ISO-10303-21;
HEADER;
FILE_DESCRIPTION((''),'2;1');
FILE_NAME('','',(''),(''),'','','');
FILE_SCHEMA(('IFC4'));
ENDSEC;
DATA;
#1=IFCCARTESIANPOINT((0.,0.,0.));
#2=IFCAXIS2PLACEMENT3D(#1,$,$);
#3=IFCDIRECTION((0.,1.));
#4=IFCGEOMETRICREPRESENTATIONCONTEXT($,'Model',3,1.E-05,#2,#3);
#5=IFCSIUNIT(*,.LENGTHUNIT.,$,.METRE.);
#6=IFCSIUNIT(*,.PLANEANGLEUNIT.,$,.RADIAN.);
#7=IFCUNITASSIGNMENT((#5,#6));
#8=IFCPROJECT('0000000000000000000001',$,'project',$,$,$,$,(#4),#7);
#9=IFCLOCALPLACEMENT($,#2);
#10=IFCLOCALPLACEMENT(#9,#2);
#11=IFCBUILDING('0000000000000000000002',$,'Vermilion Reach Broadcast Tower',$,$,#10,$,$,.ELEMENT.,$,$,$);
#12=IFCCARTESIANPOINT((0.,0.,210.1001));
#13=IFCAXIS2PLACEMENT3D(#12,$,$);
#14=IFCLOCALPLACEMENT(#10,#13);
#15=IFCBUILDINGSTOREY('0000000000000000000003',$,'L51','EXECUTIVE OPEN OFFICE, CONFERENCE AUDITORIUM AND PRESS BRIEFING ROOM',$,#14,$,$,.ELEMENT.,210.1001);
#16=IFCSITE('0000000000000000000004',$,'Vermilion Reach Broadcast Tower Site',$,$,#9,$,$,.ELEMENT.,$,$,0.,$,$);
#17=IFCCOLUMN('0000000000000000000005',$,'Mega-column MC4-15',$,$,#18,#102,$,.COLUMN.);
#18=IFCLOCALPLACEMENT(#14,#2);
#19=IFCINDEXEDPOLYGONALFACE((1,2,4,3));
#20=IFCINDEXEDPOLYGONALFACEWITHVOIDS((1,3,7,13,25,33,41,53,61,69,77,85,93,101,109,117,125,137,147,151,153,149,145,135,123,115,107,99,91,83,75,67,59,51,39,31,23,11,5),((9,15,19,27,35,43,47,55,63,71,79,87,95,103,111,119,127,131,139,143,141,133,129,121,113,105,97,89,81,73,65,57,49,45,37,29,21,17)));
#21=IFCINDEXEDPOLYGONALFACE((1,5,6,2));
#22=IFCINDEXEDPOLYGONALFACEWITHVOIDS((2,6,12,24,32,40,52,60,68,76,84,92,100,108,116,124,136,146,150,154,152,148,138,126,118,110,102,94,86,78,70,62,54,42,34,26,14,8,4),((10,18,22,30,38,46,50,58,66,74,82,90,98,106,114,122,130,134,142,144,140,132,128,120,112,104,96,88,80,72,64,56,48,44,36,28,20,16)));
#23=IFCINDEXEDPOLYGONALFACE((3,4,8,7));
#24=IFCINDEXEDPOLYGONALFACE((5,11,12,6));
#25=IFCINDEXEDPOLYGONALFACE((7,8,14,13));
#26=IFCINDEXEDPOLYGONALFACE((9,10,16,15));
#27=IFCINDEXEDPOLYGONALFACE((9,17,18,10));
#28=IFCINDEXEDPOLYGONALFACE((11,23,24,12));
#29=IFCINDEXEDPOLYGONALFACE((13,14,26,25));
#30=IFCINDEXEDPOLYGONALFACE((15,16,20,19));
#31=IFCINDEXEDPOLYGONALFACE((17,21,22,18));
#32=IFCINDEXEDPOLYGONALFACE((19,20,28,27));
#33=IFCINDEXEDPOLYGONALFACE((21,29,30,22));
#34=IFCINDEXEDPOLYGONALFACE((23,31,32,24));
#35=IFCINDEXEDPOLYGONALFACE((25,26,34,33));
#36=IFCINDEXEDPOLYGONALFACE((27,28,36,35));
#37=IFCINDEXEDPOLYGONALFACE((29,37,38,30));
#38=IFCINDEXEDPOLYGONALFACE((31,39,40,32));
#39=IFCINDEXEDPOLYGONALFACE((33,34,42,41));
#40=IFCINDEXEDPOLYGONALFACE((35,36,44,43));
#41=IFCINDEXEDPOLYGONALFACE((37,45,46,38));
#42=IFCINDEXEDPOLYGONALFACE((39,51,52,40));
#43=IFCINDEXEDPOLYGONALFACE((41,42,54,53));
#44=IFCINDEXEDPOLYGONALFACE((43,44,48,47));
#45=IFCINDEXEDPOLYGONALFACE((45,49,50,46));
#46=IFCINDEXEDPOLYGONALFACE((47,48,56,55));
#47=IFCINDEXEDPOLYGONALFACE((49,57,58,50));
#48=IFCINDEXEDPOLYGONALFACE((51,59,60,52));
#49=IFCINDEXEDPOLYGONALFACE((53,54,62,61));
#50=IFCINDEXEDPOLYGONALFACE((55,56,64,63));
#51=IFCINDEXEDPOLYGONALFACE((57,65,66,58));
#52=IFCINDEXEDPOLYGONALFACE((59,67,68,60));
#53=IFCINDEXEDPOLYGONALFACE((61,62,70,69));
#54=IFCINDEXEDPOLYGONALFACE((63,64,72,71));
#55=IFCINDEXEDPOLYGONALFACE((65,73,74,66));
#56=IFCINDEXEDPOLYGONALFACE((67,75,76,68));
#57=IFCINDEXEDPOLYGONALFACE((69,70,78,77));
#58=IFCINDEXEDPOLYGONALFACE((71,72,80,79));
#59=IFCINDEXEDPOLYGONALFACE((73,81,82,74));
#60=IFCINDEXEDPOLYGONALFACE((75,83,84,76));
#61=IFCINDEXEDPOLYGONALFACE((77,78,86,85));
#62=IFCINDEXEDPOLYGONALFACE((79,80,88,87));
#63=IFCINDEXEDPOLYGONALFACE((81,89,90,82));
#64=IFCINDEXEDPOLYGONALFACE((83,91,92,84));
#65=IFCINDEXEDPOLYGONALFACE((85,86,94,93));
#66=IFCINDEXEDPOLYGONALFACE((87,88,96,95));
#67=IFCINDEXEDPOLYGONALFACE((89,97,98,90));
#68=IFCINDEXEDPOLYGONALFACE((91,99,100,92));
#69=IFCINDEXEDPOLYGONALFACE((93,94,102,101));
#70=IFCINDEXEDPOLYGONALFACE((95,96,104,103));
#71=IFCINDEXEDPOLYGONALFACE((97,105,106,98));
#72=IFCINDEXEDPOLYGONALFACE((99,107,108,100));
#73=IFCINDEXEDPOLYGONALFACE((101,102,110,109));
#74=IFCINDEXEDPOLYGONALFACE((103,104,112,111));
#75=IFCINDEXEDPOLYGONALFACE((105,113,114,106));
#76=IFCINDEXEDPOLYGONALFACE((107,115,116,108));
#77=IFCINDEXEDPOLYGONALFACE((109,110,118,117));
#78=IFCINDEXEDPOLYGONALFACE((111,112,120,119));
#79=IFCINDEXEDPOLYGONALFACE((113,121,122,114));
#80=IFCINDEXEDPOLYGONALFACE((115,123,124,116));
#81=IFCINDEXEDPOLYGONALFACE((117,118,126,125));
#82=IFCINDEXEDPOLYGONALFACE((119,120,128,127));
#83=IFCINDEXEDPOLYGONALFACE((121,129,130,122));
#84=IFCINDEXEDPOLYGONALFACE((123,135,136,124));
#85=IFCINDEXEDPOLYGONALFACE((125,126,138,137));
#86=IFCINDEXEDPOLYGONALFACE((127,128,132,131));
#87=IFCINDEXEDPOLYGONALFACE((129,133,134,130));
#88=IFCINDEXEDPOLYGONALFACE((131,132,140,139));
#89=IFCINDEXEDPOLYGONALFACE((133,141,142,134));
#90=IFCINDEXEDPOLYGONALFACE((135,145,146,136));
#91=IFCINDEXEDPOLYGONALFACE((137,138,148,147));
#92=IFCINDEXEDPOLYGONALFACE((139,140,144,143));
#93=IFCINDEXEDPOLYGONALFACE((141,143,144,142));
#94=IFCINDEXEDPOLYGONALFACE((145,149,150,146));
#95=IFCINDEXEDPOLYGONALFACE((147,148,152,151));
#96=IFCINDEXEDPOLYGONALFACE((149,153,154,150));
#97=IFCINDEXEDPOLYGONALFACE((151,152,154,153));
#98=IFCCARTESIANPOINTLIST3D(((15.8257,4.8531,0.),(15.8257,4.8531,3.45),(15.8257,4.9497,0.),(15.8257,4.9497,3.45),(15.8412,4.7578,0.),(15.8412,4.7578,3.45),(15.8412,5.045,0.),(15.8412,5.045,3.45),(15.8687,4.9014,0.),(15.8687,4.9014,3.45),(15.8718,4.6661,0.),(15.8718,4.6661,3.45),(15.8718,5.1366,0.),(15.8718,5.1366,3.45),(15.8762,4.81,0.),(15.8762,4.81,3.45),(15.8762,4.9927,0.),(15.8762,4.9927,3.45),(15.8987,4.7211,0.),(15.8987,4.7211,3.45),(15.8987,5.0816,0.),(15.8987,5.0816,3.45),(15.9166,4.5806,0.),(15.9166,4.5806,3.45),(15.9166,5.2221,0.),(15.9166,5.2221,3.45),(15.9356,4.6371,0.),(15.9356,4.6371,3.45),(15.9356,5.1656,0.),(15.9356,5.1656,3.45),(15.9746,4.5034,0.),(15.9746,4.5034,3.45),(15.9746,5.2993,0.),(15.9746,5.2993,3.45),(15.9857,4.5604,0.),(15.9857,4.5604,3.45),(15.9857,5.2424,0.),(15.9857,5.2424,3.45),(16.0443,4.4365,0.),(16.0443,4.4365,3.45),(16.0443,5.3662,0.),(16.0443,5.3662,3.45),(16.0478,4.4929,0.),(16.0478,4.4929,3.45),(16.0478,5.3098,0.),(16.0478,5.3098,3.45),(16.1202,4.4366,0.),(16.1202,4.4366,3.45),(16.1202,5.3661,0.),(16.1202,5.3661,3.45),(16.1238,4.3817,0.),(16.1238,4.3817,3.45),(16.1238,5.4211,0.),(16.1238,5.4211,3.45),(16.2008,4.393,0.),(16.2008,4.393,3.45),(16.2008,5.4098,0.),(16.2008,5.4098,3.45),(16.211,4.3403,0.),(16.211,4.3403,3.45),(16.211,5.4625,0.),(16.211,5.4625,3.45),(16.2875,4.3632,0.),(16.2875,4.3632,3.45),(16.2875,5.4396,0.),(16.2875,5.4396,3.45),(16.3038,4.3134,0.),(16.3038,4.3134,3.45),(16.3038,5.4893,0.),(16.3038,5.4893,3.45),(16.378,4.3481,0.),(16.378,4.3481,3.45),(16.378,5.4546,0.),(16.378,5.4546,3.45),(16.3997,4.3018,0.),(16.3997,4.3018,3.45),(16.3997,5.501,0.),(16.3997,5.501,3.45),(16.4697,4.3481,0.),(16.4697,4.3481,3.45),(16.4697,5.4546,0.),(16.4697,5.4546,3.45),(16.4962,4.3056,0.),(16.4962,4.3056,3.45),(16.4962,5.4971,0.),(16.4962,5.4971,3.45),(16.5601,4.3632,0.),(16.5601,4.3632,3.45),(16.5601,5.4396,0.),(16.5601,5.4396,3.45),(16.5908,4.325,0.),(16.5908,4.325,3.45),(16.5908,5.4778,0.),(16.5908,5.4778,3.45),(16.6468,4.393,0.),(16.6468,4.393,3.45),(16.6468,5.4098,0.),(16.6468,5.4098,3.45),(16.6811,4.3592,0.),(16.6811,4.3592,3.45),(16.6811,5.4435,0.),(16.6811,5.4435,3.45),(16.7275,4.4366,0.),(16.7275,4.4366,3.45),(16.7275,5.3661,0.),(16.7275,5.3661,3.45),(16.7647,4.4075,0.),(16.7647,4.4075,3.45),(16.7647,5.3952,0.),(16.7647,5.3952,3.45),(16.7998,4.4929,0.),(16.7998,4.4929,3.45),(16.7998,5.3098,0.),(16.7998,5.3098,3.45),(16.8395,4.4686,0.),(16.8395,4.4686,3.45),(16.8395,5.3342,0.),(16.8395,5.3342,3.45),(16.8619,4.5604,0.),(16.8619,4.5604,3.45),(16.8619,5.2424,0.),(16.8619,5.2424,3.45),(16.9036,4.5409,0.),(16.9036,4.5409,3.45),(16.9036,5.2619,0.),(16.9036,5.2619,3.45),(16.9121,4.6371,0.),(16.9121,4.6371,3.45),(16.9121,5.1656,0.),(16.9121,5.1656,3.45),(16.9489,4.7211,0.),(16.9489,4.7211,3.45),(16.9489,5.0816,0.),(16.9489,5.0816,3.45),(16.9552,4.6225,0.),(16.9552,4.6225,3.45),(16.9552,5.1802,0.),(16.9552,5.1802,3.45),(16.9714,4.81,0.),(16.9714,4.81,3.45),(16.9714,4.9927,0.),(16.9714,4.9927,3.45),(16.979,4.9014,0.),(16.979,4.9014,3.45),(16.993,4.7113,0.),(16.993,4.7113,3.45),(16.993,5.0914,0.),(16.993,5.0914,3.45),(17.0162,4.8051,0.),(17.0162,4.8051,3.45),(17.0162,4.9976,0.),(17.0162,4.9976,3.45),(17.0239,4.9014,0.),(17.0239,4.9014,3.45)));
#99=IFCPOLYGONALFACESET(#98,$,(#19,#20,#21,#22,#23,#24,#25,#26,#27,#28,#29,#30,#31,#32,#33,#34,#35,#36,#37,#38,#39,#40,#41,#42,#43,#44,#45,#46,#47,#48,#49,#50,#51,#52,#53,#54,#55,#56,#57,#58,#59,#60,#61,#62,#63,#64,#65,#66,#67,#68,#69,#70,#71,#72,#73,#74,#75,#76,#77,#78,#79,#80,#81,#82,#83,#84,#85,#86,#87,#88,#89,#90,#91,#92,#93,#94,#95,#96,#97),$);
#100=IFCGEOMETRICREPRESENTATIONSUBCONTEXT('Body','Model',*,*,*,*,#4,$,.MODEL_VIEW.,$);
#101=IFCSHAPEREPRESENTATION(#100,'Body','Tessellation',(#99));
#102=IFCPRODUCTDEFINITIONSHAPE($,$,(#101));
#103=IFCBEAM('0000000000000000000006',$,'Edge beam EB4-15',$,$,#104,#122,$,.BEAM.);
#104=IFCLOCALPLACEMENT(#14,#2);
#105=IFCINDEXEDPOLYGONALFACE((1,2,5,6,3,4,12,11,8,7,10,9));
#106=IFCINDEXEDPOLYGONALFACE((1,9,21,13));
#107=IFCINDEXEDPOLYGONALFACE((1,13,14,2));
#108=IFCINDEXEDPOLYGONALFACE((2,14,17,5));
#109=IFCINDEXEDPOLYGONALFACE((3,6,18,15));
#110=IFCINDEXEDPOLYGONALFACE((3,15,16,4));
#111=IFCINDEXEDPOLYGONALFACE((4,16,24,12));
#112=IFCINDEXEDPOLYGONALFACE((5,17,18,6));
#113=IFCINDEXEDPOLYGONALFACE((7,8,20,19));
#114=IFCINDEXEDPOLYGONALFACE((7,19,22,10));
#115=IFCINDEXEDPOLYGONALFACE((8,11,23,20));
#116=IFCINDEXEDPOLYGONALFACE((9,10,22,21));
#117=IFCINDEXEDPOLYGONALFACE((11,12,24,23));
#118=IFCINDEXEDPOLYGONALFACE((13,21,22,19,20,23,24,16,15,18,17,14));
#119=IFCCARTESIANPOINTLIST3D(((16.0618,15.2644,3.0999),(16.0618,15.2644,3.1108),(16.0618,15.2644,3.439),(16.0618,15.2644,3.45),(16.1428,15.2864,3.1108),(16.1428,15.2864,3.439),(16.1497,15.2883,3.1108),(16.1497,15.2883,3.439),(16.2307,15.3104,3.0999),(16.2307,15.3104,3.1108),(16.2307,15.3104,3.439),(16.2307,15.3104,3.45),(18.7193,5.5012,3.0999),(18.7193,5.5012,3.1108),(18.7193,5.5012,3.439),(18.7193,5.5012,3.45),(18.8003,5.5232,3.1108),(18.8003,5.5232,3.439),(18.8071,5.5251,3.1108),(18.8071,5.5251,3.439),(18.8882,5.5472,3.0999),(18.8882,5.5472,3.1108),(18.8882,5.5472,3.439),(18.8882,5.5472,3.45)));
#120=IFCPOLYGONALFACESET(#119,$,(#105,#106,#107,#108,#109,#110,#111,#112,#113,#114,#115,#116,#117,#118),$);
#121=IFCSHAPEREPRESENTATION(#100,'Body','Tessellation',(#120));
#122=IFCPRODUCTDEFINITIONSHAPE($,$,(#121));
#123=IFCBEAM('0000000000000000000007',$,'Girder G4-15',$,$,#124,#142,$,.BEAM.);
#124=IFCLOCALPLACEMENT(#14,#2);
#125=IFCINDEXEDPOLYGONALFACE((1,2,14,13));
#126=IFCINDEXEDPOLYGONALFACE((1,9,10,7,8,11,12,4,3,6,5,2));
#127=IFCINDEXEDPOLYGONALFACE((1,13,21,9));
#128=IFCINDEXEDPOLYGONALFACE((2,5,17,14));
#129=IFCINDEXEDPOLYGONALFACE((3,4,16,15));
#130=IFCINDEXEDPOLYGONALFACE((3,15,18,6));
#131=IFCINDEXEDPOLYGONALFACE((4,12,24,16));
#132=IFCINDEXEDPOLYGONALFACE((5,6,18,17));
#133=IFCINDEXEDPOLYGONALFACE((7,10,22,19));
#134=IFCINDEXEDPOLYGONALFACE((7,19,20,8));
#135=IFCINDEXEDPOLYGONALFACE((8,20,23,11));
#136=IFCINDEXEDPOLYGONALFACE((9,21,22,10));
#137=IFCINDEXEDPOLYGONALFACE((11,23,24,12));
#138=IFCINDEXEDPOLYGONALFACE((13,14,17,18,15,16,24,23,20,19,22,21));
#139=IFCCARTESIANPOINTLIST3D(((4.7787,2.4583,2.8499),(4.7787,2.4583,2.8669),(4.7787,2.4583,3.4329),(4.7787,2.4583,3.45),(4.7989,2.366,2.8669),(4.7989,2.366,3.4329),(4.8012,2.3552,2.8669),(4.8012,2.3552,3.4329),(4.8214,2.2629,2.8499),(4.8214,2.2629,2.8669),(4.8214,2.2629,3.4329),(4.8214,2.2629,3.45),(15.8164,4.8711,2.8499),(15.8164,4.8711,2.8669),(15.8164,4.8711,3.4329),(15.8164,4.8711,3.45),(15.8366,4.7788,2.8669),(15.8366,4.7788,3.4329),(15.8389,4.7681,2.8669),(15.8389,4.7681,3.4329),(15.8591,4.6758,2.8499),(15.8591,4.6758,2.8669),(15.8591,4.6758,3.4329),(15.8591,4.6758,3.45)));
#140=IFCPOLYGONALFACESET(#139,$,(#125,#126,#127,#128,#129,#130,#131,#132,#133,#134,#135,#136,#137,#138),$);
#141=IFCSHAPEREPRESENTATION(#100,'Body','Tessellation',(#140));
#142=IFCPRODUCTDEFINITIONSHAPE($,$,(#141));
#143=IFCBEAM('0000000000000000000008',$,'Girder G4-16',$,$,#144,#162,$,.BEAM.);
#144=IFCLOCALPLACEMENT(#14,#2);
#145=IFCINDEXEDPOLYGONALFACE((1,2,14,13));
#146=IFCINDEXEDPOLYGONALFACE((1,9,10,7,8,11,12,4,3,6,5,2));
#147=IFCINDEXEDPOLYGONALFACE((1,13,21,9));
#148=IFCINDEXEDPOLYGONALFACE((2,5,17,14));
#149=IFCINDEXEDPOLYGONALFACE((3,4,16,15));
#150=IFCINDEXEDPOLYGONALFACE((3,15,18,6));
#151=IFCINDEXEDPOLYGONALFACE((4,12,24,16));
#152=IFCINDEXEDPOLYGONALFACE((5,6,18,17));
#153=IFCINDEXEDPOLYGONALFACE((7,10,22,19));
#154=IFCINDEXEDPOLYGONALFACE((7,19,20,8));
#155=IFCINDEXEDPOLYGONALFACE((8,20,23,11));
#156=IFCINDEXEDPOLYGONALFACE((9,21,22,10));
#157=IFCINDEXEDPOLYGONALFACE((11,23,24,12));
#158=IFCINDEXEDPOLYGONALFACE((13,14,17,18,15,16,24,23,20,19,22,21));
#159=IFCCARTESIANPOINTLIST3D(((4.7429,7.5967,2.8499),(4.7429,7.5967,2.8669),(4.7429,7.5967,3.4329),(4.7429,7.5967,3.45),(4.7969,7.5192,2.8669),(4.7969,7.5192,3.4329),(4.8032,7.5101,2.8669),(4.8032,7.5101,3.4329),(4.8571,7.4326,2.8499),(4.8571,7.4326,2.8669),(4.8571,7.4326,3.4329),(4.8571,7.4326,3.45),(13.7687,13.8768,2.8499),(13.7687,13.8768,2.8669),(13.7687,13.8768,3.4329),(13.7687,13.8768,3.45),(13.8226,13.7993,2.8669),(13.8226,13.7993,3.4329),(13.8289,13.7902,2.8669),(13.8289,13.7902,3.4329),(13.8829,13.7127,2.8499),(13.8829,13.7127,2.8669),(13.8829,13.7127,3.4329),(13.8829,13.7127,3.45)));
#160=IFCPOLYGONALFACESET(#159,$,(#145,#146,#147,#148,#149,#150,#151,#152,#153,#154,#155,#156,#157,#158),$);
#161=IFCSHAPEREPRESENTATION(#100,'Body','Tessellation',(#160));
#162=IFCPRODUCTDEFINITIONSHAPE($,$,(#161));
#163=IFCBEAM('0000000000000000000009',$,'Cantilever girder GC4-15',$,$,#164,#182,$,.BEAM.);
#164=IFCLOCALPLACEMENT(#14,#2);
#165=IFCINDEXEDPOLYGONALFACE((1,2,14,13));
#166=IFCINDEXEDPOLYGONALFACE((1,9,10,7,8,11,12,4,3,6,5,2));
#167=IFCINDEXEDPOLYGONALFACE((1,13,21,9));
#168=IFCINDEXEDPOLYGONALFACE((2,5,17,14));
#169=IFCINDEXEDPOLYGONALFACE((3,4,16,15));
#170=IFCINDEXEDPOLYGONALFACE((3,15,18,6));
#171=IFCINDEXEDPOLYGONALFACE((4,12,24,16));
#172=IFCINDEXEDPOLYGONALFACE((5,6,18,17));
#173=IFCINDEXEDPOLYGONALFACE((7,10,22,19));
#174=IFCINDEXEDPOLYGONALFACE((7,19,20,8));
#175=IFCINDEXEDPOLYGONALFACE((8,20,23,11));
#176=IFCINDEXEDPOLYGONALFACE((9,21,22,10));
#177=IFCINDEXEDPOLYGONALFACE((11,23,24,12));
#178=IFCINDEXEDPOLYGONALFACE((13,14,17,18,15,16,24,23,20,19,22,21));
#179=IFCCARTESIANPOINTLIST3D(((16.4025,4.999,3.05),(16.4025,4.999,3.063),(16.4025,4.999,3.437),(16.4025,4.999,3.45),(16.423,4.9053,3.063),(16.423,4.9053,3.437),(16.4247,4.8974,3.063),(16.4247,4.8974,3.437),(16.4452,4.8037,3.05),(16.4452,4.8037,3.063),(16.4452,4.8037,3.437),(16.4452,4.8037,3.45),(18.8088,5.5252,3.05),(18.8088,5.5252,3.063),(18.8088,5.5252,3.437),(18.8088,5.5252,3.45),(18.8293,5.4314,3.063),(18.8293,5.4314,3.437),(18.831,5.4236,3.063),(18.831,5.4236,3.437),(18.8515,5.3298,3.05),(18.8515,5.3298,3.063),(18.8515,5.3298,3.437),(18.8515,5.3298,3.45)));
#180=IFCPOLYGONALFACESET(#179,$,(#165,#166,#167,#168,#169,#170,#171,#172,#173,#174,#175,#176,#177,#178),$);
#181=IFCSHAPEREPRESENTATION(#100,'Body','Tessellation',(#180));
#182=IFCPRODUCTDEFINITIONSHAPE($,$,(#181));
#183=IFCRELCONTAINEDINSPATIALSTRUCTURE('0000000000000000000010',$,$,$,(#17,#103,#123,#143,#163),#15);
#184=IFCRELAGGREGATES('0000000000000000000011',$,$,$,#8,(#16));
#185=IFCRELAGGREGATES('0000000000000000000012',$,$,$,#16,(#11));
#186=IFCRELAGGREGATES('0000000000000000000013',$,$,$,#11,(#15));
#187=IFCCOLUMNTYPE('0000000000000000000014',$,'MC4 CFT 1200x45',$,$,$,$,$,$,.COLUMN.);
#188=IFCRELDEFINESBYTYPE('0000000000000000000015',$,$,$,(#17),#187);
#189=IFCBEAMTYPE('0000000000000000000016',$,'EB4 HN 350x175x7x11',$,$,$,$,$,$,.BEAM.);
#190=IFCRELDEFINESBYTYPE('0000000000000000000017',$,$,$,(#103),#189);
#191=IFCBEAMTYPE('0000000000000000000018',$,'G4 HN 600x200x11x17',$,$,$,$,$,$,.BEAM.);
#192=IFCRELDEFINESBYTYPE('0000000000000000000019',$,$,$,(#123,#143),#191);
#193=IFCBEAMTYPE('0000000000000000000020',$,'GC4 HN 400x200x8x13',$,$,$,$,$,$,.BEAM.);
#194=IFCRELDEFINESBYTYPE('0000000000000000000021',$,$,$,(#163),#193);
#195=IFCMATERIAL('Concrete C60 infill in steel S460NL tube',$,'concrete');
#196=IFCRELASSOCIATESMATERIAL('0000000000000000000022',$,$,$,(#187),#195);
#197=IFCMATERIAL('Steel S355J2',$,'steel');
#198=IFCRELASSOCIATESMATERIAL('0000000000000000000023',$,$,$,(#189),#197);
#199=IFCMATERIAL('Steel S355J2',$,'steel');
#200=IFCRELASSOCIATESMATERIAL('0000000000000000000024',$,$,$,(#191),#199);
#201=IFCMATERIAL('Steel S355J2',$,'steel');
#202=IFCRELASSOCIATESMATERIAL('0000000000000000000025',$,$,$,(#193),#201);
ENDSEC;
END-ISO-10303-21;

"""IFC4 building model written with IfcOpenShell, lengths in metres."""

from ifc_helpers import new_model, si_unit, direction, frame, origin, origin_2d, place, context, subcontext, project, spatial, hollow_circle, i_section, extrude, material, material_profile, profile_set, type_object, element, save


model = new_model("IFC4")

# Units and contexts
model_context = context("Model", 3, precision=1e-05, world=origin(), true_north=direction((0.0, 1.0)))
body_context = subcontext(model_context, "Body", "Model", "MODEL_VIEW")
ifc_project = project(units=[si_unit("LENGTHUNIT", "METRE"), si_unit("PLANEANGLEUNIT", "RADIAN")], contexts=[model_context])

# Site, building, storey
site_placement = place(None, origin())
site = spatial("IfcSite", under=ifc_project, at=site_placement, Name="Vermilion Reach Broadcast Tower Site", CompositionType="ELEMENT", RefElevation=0.0)
building_placement = place(site_placement, origin())
building = spatial("IfcBuilding", under=site, at=building_placement, Name="Vermilion Reach Broadcast Tower", CompositionType="ELEMENT")
storey_placement = place(building_placement, frame((0.0, 0.0, 210.1001)))
storey = spatial("IfcBuildingStorey", under=building, at=storey_placement, Name="L51", Description="EXECUTIVE OPEN OFFICE, CONFERENCE AUDITORIUM AND PRESS BRIEFING ROOM", CompositionType="ELEMENT", Elevation=210.1001)

# Column
ifc_material_1 = material(Name="Concrete C60 infill in steel S460NL tube", Category="concrete")
ifc_material_profile_1 = material_profile(ifc_material_1, hollow_circle(Radius=0.6001, WallThickness=0.0449, at=origin_2d()), Name="Concrete C60 infill in steel S460NL tube CFT 1200x45")
ifc_profile_set_1 = profile_set([ifc_material_profile_1], Name="Concrete C60 infill in steel S460NL tube")
column_type = type_object("IfcColumnType", Name="MC4 CFT 1200x45", PredefinedType="COLUMN", material=ifc_profile_set_1)
column_placement = place(storey_placement, frame((16.4238, 4.9014, 0.0), z_axis=(0.0, 0.0, 1.0), x_axis=(1.0, 0.0, 0.0)))
element("IfcColumn", 1, at=column_placement, inside=storey, type_object=column_type, Name="Mega-column MC4-15", PredefinedType="COLUMN", context=body_context, shape_type="SweptSolid", body=[
    extrude(hollow_circle(Radius=0.6001, WallThickness=0.0449, at=origin_2d()), origin(), (0.0, 0.0, 1.0), 3.45),
])

# Beams
ifc_material_2 = material(Name="Steel S355J2", Category="steel")
ifc_material_profile_2 = material_profile(ifc_material_2, i_section(OverallWidth=0.175, OverallDepth=0.3501, WebThickness=0.0071, FlangeThickness=0.011, at=origin_2d()), Name="S355J2 HN 350x175x7x11")
ifc_profile_set_2 = profile_set([ifc_material_profile_2], Name="Steel S355J2")
beam_type_1 = type_object("IfcBeamType", Name="EB4 HN 350x175x7x11", PredefinedType="BEAM", material=ifc_profile_set_2)
beam_1_placement = place(storey_placement, frame((18.8037, 5.5242, 3.2749), z_axis=(-0.262638, 0.964895, 0.0), x_axis=(-0.964895, -0.262638, 0.0)))
element("IfcBeam", 2, at=beam_1_placement, inside=storey, type_object=beam_type_1, Name="Edge beam EB4-15", PredefinedType="BEAM", context=body_context, shape_type="SweptSolid", body=[
    extrude(i_section(OverallWidth=0.175, OverallDepth=0.3501, WebThickness=0.0071, FlangeThickness=0.011, at=origin_2d()), origin(), (0.0, 0.0, 1.0), 10.1184),
])
ifc_material_3 = material(Name="Steel S355J2", Category="steel")
ifc_material_profile_3 = material_profile(ifc_material_3, i_section(OverallWidth=0.2, OverallDepth=0.6001, WebThickness=0.011, FlangeThickness=0.0171, at=origin_2d()), Name="S355J2 HN 600x200x11x17")
ifc_profile_set_3 = profile_set([ifc_material_profile_3], Name="Steel S355J2")
beam_type_2 = type_object("IfcBeamType", Name="G4 HN 600x200x11x17", PredefinedType="BEAM", material=ifc_profile_set_3)
beam_2_placement = place(storey_placement, frame((4.8, 2.3606, 3.1499), z_axis=(0.97693, 0.213559, 0.0), x_axis=(-0.213559, 0.97693, 0.0)))
element("IfcBeam", 3, at=beam_2_placement, inside=storey, type_object=beam_type_2, Name="Girder G4-15", PredefinedType="BEAM", context=body_context, shape_type="SweptSolid", body=[
    extrude(i_section(OverallWidth=0.2, OverallDepth=0.6001, WebThickness=0.011, FlangeThickness=0.0171, at=origin_2d()), origin(), (0.0, 0.0, 1.0), 11.2983),
])
beam_3_placement = place(storey_placement, frame((4.8, 7.5146, 3.1499), z_axis=(0.820849, 0.571146, 0.0), x_axis=(-0.571146, 0.820849, 0.0)))
element("IfcBeam", 4, at=beam_3_placement, inside=storey, type_object=beam_type_2, Name="Girder G4-16", PredefinedType="BEAM", context=body_context, shape_type="SweptSolid", body=[
    extrude(i_section(OverallWidth=0.2, OverallDepth=0.6001, WebThickness=0.011, FlangeThickness=0.0171, at=origin_2d()), origin(), (0.0, 0.0, 1.0), 10.9956),
])
ifc_material_4 = material(Name="Steel S355J2", Category="steel")
ifc_material_profile_4 = material_profile(ifc_material_4, i_section(OverallWidth=0.2, OverallDepth=0.3999, WebThickness=0.0081, FlangeThickness=0.0129, at=origin_2d()), Name="S355J2 HN 400x200x8x13")
ifc_profile_set_4 = profile_set([ifc_material_profile_4], Name="Steel S355J2")
beam_type_3 = type_object("IfcBeamType", Name="GC4 HN 400x200x8x13", PredefinedType="BEAM", material=ifc_profile_set_4)
beam_4_placement = place(storey_placement, frame((16.4238, 4.9014, 3.25), z_axis=(0.976921, 0.213602, 0.0), x_axis=(-0.213602, 0.976921, 0.0)))
element("IfcBeam", 5, at=beam_4_placement, inside=storey, type_object=beam_type_3, Name="Cantilever girder GC4-15", PredefinedType="BEAM", context=body_context, shape_type="SweptSolid", body=[
    extrude(i_section(OverallWidth=0.2, OverallDepth=0.3999, WebThickness=0.0081, FlangeThickness=0.0129, at=origin_2d()), origin(), (0.0, 0.0, 1.0), 2.4631),
])

save(model, "model.ifc")
